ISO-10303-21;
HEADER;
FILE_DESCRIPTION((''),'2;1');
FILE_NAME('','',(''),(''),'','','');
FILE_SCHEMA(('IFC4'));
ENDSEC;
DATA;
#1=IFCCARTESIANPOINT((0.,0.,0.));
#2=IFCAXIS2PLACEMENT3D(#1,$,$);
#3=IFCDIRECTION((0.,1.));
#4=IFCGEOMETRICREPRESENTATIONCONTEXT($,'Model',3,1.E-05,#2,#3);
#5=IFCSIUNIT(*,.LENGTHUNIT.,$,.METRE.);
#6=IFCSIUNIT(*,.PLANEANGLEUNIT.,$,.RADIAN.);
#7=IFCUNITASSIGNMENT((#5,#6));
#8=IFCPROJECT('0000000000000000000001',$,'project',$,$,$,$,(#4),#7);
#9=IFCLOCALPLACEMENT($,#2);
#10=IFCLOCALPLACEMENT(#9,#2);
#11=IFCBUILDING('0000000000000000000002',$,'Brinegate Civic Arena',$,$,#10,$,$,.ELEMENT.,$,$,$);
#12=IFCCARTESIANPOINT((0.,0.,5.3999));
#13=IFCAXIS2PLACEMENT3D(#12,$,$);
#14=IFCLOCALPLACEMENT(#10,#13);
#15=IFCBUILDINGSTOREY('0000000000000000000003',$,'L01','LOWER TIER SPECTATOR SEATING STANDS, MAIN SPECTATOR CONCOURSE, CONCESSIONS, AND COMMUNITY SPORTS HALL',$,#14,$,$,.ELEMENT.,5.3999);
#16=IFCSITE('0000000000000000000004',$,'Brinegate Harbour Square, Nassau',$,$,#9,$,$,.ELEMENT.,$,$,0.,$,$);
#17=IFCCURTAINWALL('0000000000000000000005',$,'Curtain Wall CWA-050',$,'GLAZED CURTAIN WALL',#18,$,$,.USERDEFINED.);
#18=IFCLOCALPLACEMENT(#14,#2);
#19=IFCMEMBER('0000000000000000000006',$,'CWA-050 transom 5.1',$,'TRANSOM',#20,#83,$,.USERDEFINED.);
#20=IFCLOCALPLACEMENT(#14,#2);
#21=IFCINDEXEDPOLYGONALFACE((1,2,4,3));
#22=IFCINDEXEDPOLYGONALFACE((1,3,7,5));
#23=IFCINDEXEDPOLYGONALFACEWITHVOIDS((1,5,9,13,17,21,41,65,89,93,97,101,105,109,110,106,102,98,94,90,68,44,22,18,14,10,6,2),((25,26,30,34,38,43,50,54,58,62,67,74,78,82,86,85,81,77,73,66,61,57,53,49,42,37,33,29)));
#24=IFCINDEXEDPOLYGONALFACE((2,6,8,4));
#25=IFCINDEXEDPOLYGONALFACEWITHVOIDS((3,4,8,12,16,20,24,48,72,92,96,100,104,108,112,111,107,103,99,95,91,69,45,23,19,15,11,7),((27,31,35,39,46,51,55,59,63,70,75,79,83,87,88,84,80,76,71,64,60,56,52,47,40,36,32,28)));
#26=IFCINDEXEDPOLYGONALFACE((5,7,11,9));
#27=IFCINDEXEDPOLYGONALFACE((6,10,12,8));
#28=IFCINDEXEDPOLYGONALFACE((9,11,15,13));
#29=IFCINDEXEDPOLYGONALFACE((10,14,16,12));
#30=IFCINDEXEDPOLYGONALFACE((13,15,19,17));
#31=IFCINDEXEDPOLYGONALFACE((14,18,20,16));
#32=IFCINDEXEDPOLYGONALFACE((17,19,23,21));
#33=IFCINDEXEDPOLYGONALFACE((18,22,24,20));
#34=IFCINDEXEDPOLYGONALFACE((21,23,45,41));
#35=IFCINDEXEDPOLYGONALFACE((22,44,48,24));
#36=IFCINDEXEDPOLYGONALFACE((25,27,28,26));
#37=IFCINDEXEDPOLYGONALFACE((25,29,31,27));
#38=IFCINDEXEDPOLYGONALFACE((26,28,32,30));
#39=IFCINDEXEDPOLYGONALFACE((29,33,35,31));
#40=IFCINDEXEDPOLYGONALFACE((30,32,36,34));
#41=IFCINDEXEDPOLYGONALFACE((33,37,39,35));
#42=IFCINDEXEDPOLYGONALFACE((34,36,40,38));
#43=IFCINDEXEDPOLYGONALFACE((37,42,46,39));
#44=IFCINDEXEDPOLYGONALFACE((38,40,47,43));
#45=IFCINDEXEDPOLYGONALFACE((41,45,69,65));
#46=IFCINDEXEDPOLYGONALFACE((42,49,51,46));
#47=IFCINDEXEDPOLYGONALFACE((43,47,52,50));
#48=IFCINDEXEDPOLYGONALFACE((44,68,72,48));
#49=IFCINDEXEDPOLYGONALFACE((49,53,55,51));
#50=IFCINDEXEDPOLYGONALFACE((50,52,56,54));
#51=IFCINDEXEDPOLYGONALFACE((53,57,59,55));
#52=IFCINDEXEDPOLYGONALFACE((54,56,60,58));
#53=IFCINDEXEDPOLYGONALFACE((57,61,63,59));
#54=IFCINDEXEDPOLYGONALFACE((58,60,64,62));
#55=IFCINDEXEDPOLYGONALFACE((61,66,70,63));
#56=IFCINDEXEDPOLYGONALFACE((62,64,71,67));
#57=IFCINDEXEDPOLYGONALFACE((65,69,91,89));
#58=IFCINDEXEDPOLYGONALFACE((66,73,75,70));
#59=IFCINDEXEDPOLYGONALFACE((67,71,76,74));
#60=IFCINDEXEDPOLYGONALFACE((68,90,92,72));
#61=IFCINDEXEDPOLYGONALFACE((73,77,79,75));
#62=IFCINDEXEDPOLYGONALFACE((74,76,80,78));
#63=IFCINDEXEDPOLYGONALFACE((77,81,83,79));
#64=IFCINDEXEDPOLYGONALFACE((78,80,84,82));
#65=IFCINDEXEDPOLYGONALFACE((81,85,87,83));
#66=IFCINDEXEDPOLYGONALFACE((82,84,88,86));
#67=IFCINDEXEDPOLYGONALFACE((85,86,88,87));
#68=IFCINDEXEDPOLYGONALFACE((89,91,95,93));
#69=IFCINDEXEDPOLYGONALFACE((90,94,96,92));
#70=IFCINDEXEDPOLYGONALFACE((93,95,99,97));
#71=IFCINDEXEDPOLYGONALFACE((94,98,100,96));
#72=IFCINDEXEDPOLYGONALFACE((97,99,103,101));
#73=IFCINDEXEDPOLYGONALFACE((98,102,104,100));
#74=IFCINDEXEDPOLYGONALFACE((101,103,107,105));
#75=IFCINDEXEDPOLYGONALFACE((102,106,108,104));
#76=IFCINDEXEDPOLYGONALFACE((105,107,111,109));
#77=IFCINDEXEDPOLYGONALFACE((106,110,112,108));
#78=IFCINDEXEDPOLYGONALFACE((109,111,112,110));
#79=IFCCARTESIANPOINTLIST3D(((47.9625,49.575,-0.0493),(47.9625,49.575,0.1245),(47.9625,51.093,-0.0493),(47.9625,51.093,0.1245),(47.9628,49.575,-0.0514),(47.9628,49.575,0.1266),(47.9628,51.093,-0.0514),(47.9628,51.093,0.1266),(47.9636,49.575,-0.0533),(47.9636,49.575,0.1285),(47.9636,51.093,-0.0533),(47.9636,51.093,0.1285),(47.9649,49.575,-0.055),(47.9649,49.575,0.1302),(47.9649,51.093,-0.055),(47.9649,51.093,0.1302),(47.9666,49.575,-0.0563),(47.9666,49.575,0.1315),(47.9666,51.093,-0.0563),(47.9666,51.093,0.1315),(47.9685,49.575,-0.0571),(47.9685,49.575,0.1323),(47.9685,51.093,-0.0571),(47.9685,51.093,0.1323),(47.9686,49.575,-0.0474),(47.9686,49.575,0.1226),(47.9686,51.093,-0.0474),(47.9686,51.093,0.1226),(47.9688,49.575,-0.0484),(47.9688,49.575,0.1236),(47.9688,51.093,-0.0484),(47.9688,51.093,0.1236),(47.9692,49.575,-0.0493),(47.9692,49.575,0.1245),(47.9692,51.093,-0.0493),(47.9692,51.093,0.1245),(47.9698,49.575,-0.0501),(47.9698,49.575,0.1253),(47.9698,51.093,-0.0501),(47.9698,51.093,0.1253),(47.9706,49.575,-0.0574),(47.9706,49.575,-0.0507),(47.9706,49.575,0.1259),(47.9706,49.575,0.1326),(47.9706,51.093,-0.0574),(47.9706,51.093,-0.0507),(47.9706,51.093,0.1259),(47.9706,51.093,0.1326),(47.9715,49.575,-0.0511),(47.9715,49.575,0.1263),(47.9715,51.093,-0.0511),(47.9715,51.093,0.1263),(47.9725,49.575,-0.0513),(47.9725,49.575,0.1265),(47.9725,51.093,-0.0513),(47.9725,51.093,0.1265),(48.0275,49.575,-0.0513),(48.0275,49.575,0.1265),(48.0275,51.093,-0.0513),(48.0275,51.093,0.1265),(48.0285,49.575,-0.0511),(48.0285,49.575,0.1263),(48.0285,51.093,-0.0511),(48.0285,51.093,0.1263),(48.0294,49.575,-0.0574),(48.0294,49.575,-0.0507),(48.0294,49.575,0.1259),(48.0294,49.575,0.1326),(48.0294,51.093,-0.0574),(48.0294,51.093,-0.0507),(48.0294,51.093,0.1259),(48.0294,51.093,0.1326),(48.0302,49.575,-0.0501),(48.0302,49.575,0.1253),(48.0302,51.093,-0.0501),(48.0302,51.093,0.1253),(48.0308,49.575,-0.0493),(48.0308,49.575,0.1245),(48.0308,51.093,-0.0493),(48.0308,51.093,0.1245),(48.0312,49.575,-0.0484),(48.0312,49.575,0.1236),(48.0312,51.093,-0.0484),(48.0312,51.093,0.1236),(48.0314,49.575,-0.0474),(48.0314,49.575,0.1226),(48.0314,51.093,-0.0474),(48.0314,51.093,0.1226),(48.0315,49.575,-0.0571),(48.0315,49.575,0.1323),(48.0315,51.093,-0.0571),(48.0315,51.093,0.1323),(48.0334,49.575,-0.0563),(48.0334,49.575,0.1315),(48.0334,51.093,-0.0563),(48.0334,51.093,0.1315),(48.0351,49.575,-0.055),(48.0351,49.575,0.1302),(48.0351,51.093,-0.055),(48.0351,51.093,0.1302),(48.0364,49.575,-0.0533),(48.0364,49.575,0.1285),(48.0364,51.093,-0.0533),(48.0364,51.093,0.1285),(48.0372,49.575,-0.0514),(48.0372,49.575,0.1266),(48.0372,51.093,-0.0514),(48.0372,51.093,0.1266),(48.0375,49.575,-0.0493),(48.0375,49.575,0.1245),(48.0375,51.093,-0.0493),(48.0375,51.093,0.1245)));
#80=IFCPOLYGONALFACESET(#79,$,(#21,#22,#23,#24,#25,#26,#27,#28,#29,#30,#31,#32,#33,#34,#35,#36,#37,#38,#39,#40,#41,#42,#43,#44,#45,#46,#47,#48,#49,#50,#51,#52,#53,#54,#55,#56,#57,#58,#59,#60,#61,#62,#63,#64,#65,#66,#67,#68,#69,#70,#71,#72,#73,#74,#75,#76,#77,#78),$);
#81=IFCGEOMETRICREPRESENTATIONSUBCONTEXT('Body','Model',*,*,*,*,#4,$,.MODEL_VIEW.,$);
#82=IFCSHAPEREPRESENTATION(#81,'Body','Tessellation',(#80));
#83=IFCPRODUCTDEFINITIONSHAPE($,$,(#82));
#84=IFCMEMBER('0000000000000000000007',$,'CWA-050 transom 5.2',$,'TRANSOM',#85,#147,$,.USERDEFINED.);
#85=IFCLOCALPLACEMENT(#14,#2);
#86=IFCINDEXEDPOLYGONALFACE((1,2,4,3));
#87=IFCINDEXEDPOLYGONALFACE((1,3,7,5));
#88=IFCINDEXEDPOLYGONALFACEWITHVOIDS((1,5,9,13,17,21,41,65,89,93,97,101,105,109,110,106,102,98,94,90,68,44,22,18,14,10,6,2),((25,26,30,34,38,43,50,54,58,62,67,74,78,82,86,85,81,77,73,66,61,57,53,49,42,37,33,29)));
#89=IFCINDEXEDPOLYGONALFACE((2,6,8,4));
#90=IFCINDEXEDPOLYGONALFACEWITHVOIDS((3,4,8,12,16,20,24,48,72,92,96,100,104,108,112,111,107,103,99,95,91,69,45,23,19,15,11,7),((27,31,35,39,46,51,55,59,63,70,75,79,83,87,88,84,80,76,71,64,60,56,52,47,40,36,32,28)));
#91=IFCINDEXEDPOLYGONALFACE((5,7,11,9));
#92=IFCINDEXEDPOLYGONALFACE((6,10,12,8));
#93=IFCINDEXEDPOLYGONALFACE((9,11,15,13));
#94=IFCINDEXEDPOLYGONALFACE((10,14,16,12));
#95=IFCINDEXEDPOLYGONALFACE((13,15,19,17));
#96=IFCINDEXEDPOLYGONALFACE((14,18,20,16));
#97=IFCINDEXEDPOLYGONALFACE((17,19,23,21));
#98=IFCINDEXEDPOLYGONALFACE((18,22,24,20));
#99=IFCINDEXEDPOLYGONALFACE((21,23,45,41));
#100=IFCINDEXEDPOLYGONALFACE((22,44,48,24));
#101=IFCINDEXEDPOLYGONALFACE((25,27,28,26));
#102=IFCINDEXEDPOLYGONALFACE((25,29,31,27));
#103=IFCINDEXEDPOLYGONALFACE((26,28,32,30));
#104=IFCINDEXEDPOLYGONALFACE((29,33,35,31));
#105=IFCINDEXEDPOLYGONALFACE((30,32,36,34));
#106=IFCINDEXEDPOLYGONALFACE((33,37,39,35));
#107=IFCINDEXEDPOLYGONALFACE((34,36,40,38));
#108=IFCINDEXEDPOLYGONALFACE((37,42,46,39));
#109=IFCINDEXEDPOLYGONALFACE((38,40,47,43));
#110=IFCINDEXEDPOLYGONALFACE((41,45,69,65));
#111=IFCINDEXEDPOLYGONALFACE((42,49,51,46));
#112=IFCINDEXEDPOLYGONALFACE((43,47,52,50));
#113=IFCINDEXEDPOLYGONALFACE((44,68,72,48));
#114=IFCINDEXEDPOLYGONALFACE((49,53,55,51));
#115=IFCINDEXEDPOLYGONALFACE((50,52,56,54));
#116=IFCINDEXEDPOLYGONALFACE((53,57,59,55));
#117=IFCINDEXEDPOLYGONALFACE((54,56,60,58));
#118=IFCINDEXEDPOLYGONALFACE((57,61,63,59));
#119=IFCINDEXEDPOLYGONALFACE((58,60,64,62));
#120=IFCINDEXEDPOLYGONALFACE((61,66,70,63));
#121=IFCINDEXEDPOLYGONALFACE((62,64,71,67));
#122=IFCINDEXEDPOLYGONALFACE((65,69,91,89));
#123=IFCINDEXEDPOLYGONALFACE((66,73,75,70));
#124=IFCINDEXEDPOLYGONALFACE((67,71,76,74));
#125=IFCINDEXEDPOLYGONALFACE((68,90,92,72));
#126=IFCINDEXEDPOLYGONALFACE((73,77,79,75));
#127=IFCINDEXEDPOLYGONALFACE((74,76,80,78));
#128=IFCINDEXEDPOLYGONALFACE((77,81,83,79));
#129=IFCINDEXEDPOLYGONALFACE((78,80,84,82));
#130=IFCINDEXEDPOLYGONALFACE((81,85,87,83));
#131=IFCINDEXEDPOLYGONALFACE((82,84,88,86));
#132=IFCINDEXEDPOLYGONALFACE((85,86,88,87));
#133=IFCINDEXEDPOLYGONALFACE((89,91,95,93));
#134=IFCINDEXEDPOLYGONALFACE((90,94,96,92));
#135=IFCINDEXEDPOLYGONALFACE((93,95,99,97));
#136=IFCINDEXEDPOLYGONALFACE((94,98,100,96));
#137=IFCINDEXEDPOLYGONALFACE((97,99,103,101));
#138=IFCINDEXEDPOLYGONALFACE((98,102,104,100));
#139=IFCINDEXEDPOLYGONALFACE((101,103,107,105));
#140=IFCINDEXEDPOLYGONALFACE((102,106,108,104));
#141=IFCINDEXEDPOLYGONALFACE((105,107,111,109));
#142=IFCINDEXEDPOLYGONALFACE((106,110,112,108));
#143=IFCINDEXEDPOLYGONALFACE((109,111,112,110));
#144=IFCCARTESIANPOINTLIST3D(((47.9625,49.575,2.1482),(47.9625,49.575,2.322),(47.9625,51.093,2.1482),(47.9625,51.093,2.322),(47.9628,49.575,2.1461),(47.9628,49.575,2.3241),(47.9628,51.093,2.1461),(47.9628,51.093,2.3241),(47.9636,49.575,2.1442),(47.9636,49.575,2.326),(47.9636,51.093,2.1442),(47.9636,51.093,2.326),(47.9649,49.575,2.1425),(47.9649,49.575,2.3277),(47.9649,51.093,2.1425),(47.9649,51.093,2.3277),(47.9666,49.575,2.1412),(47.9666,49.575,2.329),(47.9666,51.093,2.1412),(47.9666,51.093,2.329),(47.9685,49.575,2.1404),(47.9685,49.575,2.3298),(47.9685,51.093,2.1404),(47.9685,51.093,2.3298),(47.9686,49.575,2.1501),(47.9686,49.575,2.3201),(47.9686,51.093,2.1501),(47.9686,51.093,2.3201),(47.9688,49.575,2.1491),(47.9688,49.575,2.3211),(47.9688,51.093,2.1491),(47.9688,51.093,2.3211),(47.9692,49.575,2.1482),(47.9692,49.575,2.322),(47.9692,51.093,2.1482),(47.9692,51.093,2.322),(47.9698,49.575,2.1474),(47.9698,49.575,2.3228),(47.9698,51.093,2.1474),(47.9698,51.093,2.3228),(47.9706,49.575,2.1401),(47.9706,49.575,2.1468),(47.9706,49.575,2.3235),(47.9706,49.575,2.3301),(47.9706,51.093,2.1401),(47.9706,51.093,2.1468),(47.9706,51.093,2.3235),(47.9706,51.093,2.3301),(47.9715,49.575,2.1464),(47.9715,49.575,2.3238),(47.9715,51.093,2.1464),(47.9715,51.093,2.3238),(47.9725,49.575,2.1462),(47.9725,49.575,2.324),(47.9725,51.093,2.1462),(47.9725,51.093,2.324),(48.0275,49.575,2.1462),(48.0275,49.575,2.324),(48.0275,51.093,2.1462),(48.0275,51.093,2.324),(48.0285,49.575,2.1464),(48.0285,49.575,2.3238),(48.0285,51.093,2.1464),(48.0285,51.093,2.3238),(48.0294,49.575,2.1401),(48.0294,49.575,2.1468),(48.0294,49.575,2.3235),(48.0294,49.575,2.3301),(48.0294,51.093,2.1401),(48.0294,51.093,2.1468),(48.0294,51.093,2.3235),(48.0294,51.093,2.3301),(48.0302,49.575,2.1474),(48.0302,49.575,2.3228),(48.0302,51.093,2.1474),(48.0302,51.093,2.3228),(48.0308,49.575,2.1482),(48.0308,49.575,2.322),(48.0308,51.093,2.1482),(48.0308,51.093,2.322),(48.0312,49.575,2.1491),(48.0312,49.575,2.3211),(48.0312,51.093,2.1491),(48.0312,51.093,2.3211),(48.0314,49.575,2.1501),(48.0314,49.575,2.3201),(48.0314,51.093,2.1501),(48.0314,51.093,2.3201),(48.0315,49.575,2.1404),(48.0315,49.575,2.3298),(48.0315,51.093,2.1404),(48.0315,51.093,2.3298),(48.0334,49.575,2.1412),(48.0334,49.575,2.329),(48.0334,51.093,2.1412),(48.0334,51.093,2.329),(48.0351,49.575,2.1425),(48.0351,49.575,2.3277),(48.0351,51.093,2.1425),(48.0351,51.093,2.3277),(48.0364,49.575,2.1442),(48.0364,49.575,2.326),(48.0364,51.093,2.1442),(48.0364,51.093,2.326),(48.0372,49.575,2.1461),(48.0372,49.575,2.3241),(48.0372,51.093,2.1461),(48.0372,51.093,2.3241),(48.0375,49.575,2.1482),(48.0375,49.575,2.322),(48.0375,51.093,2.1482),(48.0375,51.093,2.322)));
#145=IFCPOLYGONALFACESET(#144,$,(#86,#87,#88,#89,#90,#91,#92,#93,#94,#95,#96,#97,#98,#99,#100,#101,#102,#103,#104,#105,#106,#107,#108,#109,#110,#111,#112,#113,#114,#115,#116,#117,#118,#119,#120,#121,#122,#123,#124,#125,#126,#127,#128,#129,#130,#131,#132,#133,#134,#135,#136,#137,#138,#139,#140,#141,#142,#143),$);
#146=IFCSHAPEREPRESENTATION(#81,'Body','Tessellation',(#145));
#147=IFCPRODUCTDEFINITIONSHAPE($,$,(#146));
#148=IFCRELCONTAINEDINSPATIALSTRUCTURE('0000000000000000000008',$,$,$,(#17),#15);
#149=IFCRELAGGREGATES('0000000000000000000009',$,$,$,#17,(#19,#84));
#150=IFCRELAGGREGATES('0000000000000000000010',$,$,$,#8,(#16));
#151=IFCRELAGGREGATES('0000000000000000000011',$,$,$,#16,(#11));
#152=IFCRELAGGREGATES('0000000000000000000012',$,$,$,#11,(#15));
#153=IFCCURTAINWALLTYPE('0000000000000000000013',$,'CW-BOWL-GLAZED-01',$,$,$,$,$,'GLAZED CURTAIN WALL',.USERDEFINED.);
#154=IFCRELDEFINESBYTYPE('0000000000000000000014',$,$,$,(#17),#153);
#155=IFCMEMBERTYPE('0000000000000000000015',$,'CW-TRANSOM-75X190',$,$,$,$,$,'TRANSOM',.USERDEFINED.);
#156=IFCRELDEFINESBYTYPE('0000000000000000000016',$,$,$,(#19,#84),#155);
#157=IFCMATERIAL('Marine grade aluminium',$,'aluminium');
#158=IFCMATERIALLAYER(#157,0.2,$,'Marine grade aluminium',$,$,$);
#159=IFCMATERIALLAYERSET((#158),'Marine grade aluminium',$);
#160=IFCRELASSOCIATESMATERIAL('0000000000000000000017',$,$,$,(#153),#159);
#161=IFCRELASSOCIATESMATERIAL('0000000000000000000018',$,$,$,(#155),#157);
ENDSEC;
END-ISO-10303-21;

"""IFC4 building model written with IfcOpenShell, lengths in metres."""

from ifc_helpers import new_model, si_unit, direction, frame, origin, origin_2d, place, context, subcontext, project, spatial, hollow_rectangle, extrude, material, layer, layer_set, material_profile, profile_set, type_object, element, aggregate, save


model = new_model("IFC4")

# Units and contexts
model_context = context("Model", 3, precision=1e-05, world=origin(), true_north=direction((0.0, 1.0)))
body_context = subcontext(model_context, "Body", "Model", "MODEL_VIEW")
ifc_project = project(units=[si_unit("LENGTHUNIT", "METRE"), si_unit("PLANEANGLEUNIT", "RADIAN")], contexts=[model_context])

# Site, building, storey
site_placement = place(None, origin())
site = spatial("IfcSite", under=ifc_project, at=site_placement, Name="Brinegate Harbour Square, Nassau", CompositionType="ELEMENT", RefElevation=0.0)
building_placement = place(site_placement, origin())
building = spatial("IfcBuilding", under=site, at=building_placement, Name="Brinegate Civic Arena", CompositionType="ELEMENT")
storey_placement = place(building_placement, frame((0.0, 0.0, 5.3999)))
storey = spatial("IfcBuildingStorey", under=building, at=storey_placement, Name="L01", Description="LOWER TIER SPECTATOR SEATING STANDS, MAIN SPECTATOR CONCOURSE, CONCESSIONS, AND COMMUNITY SPORTS HALL", CompositionType="ELEMENT", Elevation=5.3999)

# Curtain wall, members
ifc_material_1 = material(Name="Marine grade aluminium", Category="aluminium")
ifc_layer_1 = layer(ifc_material_1, 0.2, Name="Marine grade aluminium")
ifc_layer_set_1 = layer_set([ifc_layer_1], Name="Marine grade aluminium")
curtain_wall_type = type_object("IfcCurtainWallType", Name="CW-BOWL-GLAZED-01", ElementType="GLAZED CURTAIN WALL", PredefinedType="USERDEFINED", material=ifc_layer_set_1)
curtain_wall_placement = place(storey_placement, origin())
curtain_wall = element("IfcCurtainWall", 1, at=curtain_wall_placement, inside=storey, type_object=curtain_wall_type, Name="Curtain Wall CWA-050", ObjectType="GLAZED CURTAIN WALL", PredefinedType="USERDEFINED")
ifc_material_profile_1 = material_profile(ifc_material_1, hollow_rectangle(XDim=0.075, YDim=0.1899, WallThickness=0.0061, InnerFilletRadius=0.0039, OuterFilletRadius=0.0081, at=origin_2d()), Name="TRN75X190")
ifc_profile_set_1 = profile_set([ifc_material_profile_1], Name="Marine grade aluminium")
member_type_1 = type_object("IfcMemberType", Name="CW-TRANSOM-75X190", ElementType="TRANSOM", PredefinedType="USERDEFINED", material=ifc_profile_set_1)
member_1_placement = place(storey_placement, frame((48.0, 49.575, 0.0376), z_axis=(0.0, 1.0, 0.0), x_axis=(-1.0, 0.0, 0.0)))
member_1 = element("IfcMember", 2, at=member_1_placement, type_object=member_type_1, Name="CWA-050 transom 5.1", ObjectType="TRANSOM", PredefinedType="USERDEFINED", context=body_context, shape_type="SweptSolid", body=[
    extrude(hollow_rectangle(XDim=0.075, YDim=0.1899, WallThickness=0.0061, InnerFilletRadius=0.0039, OuterFilletRadius=0.0081, at=origin_2d()), origin(), (0.0, 0.0, 1.0), 1.5181),
])
member_2_placement = place(storey_placement, frame((48.0, 49.575, 2.2351), z_axis=(0.0, 1.0, 0.0), x_axis=(-1.0, 0.0, 0.0)))
member_2 = element("IfcMember", 3, at=member_2_placement, type_object=member_type_1, Name="CWA-050 transom 5.2", ObjectType="TRANSOM", PredefinedType="USERDEFINED", context=body_context, shape_type="SweptSolid", body=[
    extrude(hollow_rectangle(XDim=0.075, YDim=0.1899, WallThickness=0.0061, InnerFilletRadius=0.0039, OuterFilletRadius=0.0081, at=origin_2d()), origin(), (0.0, 0.0, 1.0), 1.5181),
])
aggregate(curtain_wall, [member_1, member_2])

save(model, "model.ifc")
